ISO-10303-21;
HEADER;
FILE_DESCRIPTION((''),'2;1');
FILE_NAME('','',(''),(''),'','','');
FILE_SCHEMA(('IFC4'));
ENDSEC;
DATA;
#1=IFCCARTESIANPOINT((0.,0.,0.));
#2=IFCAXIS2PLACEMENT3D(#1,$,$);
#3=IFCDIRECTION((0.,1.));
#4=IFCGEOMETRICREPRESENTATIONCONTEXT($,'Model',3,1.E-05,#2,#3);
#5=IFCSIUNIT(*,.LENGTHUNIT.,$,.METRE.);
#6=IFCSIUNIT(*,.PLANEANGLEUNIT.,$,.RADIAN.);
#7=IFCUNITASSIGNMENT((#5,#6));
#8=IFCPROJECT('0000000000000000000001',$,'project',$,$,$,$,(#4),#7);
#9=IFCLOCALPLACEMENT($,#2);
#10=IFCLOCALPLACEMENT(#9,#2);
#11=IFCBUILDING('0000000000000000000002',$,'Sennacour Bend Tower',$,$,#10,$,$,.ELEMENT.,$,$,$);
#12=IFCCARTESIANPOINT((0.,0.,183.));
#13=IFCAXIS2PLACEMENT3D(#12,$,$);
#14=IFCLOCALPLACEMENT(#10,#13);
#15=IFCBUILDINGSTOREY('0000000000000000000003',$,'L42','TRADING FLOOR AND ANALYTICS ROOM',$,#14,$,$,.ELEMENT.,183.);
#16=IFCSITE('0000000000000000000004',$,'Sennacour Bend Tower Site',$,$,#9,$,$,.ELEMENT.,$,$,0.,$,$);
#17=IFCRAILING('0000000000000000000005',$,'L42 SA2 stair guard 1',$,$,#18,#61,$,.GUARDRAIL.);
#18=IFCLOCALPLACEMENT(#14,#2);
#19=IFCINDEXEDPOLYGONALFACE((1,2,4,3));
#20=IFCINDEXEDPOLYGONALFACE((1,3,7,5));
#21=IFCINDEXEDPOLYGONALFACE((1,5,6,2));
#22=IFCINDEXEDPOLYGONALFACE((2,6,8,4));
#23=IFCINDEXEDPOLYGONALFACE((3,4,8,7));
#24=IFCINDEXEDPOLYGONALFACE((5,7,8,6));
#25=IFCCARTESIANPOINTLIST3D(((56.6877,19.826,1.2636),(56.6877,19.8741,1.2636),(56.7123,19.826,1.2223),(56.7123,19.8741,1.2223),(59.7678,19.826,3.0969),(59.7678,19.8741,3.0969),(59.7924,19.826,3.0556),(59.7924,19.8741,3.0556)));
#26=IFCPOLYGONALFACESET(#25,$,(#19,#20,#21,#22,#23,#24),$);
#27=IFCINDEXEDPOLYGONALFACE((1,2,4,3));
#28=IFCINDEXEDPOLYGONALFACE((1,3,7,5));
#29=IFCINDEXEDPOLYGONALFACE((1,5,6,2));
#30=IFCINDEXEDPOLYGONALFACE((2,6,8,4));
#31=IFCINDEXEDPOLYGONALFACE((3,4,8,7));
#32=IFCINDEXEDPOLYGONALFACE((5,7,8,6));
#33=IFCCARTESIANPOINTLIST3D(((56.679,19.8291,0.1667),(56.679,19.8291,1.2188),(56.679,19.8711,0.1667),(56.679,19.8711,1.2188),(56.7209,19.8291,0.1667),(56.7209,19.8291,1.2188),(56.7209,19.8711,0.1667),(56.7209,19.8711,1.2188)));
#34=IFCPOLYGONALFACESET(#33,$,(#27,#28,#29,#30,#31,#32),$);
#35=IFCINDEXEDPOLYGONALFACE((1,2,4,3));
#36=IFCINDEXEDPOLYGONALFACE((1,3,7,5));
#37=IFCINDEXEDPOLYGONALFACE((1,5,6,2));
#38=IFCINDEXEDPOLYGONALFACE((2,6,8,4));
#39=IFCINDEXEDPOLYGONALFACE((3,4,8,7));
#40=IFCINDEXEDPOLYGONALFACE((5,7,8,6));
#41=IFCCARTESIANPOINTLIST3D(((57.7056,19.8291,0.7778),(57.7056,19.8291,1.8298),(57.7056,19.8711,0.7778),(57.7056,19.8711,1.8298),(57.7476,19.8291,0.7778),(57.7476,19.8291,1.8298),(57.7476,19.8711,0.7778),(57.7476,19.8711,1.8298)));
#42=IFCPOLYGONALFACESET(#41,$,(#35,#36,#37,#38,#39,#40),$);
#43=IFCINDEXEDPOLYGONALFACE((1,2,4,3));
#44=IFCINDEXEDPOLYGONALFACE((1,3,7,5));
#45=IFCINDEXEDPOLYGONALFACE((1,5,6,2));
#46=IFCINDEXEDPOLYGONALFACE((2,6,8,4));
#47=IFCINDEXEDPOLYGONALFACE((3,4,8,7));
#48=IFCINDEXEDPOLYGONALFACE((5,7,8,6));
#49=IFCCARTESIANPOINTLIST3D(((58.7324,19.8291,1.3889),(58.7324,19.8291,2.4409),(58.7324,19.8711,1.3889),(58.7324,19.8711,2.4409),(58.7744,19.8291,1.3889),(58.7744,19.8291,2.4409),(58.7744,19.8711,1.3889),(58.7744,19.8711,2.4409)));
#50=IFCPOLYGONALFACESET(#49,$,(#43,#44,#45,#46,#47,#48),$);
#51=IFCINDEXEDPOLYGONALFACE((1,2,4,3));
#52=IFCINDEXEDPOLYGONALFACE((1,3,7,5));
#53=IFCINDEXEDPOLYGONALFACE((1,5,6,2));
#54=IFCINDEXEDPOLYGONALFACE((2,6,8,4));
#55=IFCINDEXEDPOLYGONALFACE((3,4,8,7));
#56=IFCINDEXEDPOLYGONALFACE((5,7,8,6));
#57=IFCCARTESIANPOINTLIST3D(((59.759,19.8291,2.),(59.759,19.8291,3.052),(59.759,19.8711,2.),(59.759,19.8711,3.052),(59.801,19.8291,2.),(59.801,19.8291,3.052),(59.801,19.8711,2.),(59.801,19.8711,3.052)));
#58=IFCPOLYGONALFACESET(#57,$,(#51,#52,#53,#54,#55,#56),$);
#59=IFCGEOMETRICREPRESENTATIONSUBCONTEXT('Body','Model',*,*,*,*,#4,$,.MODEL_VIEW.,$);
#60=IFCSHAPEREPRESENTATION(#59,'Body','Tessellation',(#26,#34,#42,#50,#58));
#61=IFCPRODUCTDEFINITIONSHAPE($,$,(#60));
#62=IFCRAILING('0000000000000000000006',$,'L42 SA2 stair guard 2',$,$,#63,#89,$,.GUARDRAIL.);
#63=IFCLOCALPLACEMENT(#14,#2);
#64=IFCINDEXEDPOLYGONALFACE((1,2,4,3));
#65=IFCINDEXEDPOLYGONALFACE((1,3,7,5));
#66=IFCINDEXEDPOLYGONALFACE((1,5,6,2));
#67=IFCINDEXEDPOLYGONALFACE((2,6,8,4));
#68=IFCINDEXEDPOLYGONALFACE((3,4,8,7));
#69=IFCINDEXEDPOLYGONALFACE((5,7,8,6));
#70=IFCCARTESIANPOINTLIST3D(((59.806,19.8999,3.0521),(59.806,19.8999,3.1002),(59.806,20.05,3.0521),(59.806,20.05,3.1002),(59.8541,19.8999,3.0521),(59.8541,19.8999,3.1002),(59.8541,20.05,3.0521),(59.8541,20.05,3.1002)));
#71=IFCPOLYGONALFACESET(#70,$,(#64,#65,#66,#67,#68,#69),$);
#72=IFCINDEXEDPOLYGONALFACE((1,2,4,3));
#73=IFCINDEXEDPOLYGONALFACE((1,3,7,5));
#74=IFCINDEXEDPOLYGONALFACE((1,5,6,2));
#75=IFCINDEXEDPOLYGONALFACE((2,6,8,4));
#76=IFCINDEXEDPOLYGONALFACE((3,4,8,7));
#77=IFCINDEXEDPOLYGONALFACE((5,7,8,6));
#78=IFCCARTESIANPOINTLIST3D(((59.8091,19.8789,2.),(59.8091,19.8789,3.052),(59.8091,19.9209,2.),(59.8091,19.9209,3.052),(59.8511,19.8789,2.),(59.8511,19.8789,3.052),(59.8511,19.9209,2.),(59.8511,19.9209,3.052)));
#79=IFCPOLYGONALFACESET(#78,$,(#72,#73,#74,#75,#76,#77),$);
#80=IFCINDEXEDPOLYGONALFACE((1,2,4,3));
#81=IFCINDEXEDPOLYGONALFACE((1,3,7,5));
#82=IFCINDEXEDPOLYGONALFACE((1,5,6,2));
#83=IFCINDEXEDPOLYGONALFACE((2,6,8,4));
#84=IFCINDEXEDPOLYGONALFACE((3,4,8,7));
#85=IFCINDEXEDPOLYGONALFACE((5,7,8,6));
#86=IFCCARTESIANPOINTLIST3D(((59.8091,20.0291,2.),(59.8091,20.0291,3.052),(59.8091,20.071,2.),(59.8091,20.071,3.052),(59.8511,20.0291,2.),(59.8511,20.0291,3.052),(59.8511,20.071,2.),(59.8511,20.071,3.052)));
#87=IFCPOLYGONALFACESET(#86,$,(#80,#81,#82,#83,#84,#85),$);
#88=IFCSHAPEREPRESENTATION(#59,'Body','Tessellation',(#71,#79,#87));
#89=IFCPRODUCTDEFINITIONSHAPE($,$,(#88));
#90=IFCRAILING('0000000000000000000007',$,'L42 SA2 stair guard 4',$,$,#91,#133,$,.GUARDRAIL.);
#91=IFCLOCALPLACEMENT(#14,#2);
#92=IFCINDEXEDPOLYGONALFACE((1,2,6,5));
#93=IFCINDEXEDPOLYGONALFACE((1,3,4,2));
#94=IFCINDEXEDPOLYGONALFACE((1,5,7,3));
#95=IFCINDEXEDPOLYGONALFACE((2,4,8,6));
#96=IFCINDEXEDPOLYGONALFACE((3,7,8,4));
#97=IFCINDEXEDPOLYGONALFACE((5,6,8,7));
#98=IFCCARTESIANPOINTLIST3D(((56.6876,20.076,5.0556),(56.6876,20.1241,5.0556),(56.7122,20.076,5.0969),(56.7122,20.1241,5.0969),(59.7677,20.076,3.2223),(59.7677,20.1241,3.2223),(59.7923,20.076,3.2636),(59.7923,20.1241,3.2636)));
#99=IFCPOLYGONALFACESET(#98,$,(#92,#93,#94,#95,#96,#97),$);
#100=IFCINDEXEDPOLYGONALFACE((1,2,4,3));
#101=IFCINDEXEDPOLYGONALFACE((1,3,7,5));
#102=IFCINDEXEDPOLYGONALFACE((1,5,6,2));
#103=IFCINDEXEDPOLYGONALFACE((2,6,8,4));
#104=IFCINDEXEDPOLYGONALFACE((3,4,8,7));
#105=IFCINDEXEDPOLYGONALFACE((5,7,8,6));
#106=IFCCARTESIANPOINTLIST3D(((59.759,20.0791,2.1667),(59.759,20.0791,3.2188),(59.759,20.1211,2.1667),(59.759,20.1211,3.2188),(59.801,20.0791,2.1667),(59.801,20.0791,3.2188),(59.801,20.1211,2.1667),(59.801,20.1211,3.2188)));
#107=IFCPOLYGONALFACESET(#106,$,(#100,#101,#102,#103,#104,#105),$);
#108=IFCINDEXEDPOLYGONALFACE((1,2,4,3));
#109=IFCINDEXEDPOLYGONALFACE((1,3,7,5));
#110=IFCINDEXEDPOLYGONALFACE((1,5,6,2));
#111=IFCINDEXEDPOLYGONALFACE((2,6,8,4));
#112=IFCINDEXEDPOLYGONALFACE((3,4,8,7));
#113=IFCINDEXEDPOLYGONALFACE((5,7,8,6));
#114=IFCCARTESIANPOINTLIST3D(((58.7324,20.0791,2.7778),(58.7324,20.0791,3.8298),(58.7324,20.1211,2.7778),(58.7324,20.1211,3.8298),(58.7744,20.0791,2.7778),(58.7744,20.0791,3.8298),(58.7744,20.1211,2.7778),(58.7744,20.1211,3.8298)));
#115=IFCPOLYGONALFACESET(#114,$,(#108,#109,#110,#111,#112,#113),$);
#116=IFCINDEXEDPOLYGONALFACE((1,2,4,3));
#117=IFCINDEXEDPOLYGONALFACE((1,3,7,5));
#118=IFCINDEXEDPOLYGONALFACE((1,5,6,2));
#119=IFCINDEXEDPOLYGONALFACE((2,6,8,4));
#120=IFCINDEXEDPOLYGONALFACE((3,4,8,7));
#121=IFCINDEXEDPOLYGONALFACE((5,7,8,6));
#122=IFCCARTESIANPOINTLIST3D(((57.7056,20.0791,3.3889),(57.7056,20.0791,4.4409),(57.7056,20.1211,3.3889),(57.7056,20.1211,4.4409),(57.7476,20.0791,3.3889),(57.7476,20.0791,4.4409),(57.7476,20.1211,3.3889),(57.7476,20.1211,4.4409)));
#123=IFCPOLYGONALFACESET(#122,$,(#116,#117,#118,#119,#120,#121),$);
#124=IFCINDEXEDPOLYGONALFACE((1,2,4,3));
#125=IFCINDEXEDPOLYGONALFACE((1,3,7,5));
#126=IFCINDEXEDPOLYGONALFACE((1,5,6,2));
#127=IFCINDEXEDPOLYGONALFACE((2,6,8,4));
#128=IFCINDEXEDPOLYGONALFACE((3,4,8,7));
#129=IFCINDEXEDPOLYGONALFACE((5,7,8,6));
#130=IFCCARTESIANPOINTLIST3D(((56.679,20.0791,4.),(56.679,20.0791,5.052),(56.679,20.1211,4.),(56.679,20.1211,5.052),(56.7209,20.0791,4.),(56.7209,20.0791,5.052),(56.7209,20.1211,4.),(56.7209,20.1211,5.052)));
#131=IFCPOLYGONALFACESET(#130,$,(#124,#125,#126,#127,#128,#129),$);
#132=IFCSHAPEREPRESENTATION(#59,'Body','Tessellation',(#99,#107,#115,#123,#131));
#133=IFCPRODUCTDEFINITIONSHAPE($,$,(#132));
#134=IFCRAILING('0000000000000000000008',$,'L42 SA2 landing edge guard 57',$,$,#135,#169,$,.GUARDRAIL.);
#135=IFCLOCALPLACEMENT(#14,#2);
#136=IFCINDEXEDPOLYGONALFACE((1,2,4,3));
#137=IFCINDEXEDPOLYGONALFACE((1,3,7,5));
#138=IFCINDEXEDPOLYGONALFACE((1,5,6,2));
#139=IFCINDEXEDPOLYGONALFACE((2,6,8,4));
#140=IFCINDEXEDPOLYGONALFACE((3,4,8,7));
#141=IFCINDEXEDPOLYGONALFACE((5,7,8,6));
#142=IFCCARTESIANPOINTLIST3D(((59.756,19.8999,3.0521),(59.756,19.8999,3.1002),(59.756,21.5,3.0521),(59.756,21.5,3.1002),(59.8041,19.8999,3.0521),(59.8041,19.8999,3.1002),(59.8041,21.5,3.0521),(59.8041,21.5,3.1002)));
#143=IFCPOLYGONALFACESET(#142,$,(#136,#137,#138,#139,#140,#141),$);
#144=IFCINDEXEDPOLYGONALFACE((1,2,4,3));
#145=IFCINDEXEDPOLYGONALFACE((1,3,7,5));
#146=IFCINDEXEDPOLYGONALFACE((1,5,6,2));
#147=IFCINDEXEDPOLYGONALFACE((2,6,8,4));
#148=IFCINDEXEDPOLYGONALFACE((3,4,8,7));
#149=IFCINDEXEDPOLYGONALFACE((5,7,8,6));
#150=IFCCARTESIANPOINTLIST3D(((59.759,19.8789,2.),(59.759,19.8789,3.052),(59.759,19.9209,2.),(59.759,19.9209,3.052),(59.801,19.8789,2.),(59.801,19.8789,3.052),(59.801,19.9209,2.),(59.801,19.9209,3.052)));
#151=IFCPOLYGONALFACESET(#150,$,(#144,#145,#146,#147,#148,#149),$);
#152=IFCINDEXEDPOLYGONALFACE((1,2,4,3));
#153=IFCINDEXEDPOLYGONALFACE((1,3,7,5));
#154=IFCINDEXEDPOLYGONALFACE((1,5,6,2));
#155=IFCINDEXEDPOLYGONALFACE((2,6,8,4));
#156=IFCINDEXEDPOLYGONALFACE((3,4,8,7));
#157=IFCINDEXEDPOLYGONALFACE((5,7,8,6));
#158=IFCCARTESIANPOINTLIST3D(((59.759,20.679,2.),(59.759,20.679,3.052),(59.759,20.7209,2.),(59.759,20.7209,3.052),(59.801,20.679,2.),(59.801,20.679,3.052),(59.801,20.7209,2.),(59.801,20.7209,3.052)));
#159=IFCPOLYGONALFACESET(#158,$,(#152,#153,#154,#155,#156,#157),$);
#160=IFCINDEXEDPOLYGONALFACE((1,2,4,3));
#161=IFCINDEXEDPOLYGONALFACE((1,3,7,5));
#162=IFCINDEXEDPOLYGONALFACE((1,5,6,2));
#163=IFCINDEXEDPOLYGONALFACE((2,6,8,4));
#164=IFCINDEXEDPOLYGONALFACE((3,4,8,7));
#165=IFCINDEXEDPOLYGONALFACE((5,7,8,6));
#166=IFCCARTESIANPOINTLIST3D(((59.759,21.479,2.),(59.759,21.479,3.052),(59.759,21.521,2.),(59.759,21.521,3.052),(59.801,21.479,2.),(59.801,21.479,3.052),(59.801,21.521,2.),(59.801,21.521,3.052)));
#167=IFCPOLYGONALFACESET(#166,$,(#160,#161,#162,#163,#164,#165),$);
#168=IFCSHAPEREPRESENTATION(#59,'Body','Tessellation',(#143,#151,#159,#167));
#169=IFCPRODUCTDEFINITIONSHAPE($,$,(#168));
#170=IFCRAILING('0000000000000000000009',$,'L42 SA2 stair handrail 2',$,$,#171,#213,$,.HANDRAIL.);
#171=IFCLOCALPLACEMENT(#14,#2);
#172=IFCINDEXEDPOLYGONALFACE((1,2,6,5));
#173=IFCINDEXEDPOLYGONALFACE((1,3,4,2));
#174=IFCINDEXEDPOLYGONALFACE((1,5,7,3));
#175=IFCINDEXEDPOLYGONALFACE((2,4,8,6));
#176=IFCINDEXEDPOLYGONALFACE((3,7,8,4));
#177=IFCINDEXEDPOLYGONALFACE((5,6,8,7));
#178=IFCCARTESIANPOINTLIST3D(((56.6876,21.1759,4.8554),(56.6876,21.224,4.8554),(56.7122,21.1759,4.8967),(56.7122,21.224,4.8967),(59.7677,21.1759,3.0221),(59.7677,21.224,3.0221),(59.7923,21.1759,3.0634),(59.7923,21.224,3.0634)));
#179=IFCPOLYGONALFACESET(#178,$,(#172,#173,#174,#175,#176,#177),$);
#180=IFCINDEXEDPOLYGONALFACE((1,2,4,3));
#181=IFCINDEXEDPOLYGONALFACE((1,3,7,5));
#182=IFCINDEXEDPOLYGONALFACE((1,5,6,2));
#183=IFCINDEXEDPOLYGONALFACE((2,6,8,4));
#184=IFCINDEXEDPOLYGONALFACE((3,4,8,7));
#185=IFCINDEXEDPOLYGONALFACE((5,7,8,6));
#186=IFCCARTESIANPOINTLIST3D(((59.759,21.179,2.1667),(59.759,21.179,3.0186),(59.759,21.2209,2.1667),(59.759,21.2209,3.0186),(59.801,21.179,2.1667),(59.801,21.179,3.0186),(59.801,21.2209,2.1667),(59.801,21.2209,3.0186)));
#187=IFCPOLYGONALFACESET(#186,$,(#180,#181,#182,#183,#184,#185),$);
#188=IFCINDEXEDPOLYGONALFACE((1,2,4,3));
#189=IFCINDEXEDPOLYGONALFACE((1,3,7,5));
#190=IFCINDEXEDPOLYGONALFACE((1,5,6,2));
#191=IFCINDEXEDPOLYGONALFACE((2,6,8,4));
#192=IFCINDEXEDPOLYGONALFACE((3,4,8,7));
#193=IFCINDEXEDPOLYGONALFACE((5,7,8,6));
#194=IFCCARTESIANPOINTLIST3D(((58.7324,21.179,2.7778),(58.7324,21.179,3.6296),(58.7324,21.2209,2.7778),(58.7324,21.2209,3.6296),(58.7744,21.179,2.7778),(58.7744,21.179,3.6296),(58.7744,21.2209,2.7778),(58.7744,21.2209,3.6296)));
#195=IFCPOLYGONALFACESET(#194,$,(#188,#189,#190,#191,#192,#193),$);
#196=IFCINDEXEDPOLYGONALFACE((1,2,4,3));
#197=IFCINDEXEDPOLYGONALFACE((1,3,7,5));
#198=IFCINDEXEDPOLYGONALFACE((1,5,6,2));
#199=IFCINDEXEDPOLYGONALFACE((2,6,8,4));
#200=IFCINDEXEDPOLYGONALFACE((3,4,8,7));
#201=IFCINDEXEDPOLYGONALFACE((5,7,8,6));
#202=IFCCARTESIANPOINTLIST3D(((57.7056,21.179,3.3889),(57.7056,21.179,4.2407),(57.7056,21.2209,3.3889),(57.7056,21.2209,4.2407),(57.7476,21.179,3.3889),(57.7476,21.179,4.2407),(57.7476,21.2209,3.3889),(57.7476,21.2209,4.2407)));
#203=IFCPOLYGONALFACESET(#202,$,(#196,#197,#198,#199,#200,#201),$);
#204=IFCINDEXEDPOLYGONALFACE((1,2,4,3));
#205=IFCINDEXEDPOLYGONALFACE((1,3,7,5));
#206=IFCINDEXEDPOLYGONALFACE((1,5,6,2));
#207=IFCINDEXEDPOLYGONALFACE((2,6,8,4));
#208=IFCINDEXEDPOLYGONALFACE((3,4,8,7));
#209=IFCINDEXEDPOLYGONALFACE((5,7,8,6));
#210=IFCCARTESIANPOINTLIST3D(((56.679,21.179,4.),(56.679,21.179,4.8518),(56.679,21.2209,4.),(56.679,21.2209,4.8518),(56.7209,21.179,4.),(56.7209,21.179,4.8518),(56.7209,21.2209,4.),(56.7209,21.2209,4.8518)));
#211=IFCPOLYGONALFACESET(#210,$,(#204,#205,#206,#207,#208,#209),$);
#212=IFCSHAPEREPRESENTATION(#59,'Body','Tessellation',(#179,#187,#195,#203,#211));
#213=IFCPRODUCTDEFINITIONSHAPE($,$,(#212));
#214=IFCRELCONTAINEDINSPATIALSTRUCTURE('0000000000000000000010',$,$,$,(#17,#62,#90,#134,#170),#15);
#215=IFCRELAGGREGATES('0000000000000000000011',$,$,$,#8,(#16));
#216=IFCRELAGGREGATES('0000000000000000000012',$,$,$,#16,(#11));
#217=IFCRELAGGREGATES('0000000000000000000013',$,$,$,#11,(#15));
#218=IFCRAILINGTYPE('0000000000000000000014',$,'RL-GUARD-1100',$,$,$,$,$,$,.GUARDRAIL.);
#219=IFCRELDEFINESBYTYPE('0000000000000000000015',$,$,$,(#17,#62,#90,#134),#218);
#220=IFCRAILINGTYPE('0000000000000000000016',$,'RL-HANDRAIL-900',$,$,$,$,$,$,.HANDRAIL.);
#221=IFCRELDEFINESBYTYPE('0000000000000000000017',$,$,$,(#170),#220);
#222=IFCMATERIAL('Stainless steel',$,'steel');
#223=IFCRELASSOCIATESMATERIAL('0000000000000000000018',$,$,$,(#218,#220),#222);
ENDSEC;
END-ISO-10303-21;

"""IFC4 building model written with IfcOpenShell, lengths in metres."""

from ifc_helpers import new_model, si_unit, direction, frame, origin, origin_2d, place, context, subcontext, project, spatial, rectangle, extrude, material, type_object, element, save


model = new_model("IFC4")

# Units and contexts
model_context = context("Model", 3, precision=1e-05, world=origin(), true_north=direction((0.0, 1.0)))
body_context = subcontext(model_context, "Body", "Model", "MODEL_VIEW")
ifc_project = project(units=[si_unit("LENGTHUNIT", "METRE"), si_unit("PLANEANGLEUNIT", "RADIAN")], contexts=[model_context])

# Site, building, storey
site_placement = place(None, origin())
site = spatial("IfcSite", under=ifc_project, at=site_placement, Name="Sennacour Bend Tower Site", CompositionType="ELEMENT", RefElevation=0.0)
building_placement = place(site_placement, origin())
building = spatial("IfcBuilding", under=site, at=building_placement, Name="Sennacour Bend Tower", CompositionType="ELEMENT")
storey_placement = place(building_placement, frame((0.0, 0.0, 183.0)))
storey = spatial("IfcBuildingStorey", under=building, at=storey_placement, Name="L42", Description="TRADING FLOOR AND ANALYTICS ROOM", CompositionType="ELEMENT", Elevation=183.0)

# Shared definitions
ifc_material_1 = material(Name="Stainless steel", Category="steel")

# Railings
railing_type_1 = type_object("IfcRailingType", Name="RL-GUARD-1100", PredefinedType="GUARDRAIL", material=ifc_material_1)
railing_1_placement = place(storey_placement, frame((56.7, 19.8501, 0.1667)))
element("IfcRailing", 1, at=railing_1_placement, inside=storey, type_object=railing_type_1, Name="L42 SA2 stair guard 1", PredefinedType="GUARDRAIL", context=body_context, shape_type="SweptSolid", body=[
    extrude(rectangle(XDim=0.0481, YDim=0.0481, at=origin_2d()), frame((0.0, 0.0, 1.0762), z_axis=(0.859309, 0.0, 0.511458), x_axis=(0.0, 1.0, 0.0)), (0.0, 0.0, 1.0), 3.5845),
    extrude(rectangle(XDim=0.042, YDim=0.042, at=origin_2d()), origin(), (0.0, 0.0, 1.0), 1.052),
    extrude(rectangle(XDim=0.042, YDim=0.042, at=origin_2d()), frame((1.0266, 0.0, 0.6111)), (0.0, 0.0, 1.0), 1.052),
    extrude(rectangle(XDim=0.042, YDim=0.042, at=origin_2d()), frame((2.0535, 0.0, 1.2222)), (0.0, 0.0, 1.0), 1.052),
    extrude(rectangle(XDim=0.042, YDim=0.042, at=origin_2d()), frame((3.0801, 0.0, 1.8333)), (0.0, 0.0, 1.0), 1.052),
])
railing_2_placement = place(storey_placement, frame((59.8301, 19.8999, 2.0)))
element("IfcRailing", 2, at=railing_2_placement, inside=storey, type_object=railing_type_1, Name="L42 SA2 stair guard 2", PredefinedType="GUARDRAIL", context=body_context, shape_type="SweptSolid", body=[
    extrude(rectangle(XDim=0.0481, YDim=0.0481, at=origin_2d()), frame((0.0, 0.0, 1.0762), z_axis=(0.0, 1.0, 0.0), x_axis=(-1.0, 0.0, 0.0)), (0.0, 0.0, 1.0), 0.1501),
    extrude(rectangle(XDim=0.042, YDim=0.042, at=origin_2d()), origin(), (0.0, 0.0, 1.0), 1.052),
    extrude(rectangle(XDim=0.042, YDim=0.042, at=origin_2d()), frame((0.0, 0.1501, 0.0)), (0.0, 0.0, 1.0), 1.052),
])
railing_3_placement = place(storey_placement, frame((59.78, 20.1001, 2.1667)))
element("IfcRailing", 3, at=railing_3_placement, inside=storey, type_object=railing_type_1, Name="L42 SA2 stair guard 4", PredefinedType="GUARDRAIL", context=body_context, shape_type="SweptSolid", body=[
    extrude(rectangle(XDim=0.0481, YDim=0.0481, at=origin_2d()), frame((0.0, 0.0, 1.0762), z_axis=(-0.859309, 0.0, 0.511458), x_axis=(0.0, -1.0, 0.0)), (0.0, 0.0, 1.0), 3.5845),
    extrude(rectangle(XDim=0.042, YDim=0.042, at=origin_2d()), origin(), (0.0, 0.0, 1.0), 1.052),
    extrude(rectangle(XDim=0.042, YDim=0.042, at=origin_2d()), frame((-1.0266, 0.0, 0.6111)), (0.0, 0.0, 1.0), 1.052),
    extrude(rectangle(XDim=0.042, YDim=0.042, at=origin_2d()), frame((-2.0535, 0.0, 1.2222)), (0.0, 0.0, 1.0), 1.052),
    extrude(rectangle(XDim=0.042, YDim=0.042, at=origin_2d()), frame((-3.0801, 0.0, 1.8333)), (0.0, 0.0, 1.0), 1.052),
])
railing_4_placement = place(storey_placement, frame((59.78, 19.8999, 2.0)))
element("IfcRailing", 4, at=railing_4_placement, inside=storey, type_object=railing_type_1, Name="L42 SA2 landing edge guard 57", PredefinedType="GUARDRAIL", context=body_context, shape_type="SweptSolid", body=[
    extrude(rectangle(XDim=0.0481, YDim=0.0481, at=origin_2d()), frame((0.0, 0.0, 1.0762), z_axis=(0.0, 1.0, 0.0), x_axis=(-1.0, 0.0, 0.0)), (0.0, 0.0, 1.0), 1.6001),
    extrude(rectangle(XDim=0.042, YDim=0.042, at=origin_2d()), origin(), (0.0, 0.0, 1.0), 1.052),
    extrude(rectangle(XDim=0.042, YDim=0.042, at=origin_2d()), frame((0.0, 0.8, 0.0)), (0.0, 0.0, 1.0), 1.052),
    extrude(rectangle(XDim=0.042, YDim=0.042, at=origin_2d()), frame((0.0, 1.6001, 0.0)), (0.0, 0.0, 1.0), 1.052),
])
railing_type_2 = type_object("IfcRailingType", Name="RL-HANDRAIL-900", PredefinedType="HANDRAIL", material=ifc_material_1)
railing_5_placement = place(storey_placement, frame((59.78, 21.2, 2.1667)))
element("IfcRailing", 5, at=railing_5_placement, inside=storey, type_object=railing_type_2, Name="L42 SA2 stair handrail 2", PredefinedType="HANDRAIL", context=body_context, shape_type="SweptSolid", body=[
    extrude(rectangle(XDim=0.0481, YDim=0.0481, at=origin_2d()), frame((0.0, 0.0, 0.876), z_axis=(-0.859309, 0.0, 0.511458), x_axis=(0.0, -1.0, 0.0)), (0.0, 0.0, 1.0), 3.5845),
    extrude(rectangle(XDim=0.042, YDim=0.042, at=origin_2d()), origin(), (0.0, 0.0, 1.0), 0.8518),
    extrude(rectangle(XDim=0.042, YDim=0.042, at=origin_2d()), frame((-1.0266, 0.0, 0.6111)), (0.0, 0.0, 1.0), 0.8518),
    extrude(rectangle(XDim=0.042, YDim=0.042, at=origin_2d()), frame((-2.0535, 0.0, 1.2222)), (0.0, 0.0, 1.0), 0.8518),
    extrude(rectangle(XDim=0.042, YDim=0.042, at=origin_2d()), frame((-3.0801, 0.0, 1.8333)), (0.0, 0.0, 1.0), 0.8518),
])

save(model, "model.ifc")
